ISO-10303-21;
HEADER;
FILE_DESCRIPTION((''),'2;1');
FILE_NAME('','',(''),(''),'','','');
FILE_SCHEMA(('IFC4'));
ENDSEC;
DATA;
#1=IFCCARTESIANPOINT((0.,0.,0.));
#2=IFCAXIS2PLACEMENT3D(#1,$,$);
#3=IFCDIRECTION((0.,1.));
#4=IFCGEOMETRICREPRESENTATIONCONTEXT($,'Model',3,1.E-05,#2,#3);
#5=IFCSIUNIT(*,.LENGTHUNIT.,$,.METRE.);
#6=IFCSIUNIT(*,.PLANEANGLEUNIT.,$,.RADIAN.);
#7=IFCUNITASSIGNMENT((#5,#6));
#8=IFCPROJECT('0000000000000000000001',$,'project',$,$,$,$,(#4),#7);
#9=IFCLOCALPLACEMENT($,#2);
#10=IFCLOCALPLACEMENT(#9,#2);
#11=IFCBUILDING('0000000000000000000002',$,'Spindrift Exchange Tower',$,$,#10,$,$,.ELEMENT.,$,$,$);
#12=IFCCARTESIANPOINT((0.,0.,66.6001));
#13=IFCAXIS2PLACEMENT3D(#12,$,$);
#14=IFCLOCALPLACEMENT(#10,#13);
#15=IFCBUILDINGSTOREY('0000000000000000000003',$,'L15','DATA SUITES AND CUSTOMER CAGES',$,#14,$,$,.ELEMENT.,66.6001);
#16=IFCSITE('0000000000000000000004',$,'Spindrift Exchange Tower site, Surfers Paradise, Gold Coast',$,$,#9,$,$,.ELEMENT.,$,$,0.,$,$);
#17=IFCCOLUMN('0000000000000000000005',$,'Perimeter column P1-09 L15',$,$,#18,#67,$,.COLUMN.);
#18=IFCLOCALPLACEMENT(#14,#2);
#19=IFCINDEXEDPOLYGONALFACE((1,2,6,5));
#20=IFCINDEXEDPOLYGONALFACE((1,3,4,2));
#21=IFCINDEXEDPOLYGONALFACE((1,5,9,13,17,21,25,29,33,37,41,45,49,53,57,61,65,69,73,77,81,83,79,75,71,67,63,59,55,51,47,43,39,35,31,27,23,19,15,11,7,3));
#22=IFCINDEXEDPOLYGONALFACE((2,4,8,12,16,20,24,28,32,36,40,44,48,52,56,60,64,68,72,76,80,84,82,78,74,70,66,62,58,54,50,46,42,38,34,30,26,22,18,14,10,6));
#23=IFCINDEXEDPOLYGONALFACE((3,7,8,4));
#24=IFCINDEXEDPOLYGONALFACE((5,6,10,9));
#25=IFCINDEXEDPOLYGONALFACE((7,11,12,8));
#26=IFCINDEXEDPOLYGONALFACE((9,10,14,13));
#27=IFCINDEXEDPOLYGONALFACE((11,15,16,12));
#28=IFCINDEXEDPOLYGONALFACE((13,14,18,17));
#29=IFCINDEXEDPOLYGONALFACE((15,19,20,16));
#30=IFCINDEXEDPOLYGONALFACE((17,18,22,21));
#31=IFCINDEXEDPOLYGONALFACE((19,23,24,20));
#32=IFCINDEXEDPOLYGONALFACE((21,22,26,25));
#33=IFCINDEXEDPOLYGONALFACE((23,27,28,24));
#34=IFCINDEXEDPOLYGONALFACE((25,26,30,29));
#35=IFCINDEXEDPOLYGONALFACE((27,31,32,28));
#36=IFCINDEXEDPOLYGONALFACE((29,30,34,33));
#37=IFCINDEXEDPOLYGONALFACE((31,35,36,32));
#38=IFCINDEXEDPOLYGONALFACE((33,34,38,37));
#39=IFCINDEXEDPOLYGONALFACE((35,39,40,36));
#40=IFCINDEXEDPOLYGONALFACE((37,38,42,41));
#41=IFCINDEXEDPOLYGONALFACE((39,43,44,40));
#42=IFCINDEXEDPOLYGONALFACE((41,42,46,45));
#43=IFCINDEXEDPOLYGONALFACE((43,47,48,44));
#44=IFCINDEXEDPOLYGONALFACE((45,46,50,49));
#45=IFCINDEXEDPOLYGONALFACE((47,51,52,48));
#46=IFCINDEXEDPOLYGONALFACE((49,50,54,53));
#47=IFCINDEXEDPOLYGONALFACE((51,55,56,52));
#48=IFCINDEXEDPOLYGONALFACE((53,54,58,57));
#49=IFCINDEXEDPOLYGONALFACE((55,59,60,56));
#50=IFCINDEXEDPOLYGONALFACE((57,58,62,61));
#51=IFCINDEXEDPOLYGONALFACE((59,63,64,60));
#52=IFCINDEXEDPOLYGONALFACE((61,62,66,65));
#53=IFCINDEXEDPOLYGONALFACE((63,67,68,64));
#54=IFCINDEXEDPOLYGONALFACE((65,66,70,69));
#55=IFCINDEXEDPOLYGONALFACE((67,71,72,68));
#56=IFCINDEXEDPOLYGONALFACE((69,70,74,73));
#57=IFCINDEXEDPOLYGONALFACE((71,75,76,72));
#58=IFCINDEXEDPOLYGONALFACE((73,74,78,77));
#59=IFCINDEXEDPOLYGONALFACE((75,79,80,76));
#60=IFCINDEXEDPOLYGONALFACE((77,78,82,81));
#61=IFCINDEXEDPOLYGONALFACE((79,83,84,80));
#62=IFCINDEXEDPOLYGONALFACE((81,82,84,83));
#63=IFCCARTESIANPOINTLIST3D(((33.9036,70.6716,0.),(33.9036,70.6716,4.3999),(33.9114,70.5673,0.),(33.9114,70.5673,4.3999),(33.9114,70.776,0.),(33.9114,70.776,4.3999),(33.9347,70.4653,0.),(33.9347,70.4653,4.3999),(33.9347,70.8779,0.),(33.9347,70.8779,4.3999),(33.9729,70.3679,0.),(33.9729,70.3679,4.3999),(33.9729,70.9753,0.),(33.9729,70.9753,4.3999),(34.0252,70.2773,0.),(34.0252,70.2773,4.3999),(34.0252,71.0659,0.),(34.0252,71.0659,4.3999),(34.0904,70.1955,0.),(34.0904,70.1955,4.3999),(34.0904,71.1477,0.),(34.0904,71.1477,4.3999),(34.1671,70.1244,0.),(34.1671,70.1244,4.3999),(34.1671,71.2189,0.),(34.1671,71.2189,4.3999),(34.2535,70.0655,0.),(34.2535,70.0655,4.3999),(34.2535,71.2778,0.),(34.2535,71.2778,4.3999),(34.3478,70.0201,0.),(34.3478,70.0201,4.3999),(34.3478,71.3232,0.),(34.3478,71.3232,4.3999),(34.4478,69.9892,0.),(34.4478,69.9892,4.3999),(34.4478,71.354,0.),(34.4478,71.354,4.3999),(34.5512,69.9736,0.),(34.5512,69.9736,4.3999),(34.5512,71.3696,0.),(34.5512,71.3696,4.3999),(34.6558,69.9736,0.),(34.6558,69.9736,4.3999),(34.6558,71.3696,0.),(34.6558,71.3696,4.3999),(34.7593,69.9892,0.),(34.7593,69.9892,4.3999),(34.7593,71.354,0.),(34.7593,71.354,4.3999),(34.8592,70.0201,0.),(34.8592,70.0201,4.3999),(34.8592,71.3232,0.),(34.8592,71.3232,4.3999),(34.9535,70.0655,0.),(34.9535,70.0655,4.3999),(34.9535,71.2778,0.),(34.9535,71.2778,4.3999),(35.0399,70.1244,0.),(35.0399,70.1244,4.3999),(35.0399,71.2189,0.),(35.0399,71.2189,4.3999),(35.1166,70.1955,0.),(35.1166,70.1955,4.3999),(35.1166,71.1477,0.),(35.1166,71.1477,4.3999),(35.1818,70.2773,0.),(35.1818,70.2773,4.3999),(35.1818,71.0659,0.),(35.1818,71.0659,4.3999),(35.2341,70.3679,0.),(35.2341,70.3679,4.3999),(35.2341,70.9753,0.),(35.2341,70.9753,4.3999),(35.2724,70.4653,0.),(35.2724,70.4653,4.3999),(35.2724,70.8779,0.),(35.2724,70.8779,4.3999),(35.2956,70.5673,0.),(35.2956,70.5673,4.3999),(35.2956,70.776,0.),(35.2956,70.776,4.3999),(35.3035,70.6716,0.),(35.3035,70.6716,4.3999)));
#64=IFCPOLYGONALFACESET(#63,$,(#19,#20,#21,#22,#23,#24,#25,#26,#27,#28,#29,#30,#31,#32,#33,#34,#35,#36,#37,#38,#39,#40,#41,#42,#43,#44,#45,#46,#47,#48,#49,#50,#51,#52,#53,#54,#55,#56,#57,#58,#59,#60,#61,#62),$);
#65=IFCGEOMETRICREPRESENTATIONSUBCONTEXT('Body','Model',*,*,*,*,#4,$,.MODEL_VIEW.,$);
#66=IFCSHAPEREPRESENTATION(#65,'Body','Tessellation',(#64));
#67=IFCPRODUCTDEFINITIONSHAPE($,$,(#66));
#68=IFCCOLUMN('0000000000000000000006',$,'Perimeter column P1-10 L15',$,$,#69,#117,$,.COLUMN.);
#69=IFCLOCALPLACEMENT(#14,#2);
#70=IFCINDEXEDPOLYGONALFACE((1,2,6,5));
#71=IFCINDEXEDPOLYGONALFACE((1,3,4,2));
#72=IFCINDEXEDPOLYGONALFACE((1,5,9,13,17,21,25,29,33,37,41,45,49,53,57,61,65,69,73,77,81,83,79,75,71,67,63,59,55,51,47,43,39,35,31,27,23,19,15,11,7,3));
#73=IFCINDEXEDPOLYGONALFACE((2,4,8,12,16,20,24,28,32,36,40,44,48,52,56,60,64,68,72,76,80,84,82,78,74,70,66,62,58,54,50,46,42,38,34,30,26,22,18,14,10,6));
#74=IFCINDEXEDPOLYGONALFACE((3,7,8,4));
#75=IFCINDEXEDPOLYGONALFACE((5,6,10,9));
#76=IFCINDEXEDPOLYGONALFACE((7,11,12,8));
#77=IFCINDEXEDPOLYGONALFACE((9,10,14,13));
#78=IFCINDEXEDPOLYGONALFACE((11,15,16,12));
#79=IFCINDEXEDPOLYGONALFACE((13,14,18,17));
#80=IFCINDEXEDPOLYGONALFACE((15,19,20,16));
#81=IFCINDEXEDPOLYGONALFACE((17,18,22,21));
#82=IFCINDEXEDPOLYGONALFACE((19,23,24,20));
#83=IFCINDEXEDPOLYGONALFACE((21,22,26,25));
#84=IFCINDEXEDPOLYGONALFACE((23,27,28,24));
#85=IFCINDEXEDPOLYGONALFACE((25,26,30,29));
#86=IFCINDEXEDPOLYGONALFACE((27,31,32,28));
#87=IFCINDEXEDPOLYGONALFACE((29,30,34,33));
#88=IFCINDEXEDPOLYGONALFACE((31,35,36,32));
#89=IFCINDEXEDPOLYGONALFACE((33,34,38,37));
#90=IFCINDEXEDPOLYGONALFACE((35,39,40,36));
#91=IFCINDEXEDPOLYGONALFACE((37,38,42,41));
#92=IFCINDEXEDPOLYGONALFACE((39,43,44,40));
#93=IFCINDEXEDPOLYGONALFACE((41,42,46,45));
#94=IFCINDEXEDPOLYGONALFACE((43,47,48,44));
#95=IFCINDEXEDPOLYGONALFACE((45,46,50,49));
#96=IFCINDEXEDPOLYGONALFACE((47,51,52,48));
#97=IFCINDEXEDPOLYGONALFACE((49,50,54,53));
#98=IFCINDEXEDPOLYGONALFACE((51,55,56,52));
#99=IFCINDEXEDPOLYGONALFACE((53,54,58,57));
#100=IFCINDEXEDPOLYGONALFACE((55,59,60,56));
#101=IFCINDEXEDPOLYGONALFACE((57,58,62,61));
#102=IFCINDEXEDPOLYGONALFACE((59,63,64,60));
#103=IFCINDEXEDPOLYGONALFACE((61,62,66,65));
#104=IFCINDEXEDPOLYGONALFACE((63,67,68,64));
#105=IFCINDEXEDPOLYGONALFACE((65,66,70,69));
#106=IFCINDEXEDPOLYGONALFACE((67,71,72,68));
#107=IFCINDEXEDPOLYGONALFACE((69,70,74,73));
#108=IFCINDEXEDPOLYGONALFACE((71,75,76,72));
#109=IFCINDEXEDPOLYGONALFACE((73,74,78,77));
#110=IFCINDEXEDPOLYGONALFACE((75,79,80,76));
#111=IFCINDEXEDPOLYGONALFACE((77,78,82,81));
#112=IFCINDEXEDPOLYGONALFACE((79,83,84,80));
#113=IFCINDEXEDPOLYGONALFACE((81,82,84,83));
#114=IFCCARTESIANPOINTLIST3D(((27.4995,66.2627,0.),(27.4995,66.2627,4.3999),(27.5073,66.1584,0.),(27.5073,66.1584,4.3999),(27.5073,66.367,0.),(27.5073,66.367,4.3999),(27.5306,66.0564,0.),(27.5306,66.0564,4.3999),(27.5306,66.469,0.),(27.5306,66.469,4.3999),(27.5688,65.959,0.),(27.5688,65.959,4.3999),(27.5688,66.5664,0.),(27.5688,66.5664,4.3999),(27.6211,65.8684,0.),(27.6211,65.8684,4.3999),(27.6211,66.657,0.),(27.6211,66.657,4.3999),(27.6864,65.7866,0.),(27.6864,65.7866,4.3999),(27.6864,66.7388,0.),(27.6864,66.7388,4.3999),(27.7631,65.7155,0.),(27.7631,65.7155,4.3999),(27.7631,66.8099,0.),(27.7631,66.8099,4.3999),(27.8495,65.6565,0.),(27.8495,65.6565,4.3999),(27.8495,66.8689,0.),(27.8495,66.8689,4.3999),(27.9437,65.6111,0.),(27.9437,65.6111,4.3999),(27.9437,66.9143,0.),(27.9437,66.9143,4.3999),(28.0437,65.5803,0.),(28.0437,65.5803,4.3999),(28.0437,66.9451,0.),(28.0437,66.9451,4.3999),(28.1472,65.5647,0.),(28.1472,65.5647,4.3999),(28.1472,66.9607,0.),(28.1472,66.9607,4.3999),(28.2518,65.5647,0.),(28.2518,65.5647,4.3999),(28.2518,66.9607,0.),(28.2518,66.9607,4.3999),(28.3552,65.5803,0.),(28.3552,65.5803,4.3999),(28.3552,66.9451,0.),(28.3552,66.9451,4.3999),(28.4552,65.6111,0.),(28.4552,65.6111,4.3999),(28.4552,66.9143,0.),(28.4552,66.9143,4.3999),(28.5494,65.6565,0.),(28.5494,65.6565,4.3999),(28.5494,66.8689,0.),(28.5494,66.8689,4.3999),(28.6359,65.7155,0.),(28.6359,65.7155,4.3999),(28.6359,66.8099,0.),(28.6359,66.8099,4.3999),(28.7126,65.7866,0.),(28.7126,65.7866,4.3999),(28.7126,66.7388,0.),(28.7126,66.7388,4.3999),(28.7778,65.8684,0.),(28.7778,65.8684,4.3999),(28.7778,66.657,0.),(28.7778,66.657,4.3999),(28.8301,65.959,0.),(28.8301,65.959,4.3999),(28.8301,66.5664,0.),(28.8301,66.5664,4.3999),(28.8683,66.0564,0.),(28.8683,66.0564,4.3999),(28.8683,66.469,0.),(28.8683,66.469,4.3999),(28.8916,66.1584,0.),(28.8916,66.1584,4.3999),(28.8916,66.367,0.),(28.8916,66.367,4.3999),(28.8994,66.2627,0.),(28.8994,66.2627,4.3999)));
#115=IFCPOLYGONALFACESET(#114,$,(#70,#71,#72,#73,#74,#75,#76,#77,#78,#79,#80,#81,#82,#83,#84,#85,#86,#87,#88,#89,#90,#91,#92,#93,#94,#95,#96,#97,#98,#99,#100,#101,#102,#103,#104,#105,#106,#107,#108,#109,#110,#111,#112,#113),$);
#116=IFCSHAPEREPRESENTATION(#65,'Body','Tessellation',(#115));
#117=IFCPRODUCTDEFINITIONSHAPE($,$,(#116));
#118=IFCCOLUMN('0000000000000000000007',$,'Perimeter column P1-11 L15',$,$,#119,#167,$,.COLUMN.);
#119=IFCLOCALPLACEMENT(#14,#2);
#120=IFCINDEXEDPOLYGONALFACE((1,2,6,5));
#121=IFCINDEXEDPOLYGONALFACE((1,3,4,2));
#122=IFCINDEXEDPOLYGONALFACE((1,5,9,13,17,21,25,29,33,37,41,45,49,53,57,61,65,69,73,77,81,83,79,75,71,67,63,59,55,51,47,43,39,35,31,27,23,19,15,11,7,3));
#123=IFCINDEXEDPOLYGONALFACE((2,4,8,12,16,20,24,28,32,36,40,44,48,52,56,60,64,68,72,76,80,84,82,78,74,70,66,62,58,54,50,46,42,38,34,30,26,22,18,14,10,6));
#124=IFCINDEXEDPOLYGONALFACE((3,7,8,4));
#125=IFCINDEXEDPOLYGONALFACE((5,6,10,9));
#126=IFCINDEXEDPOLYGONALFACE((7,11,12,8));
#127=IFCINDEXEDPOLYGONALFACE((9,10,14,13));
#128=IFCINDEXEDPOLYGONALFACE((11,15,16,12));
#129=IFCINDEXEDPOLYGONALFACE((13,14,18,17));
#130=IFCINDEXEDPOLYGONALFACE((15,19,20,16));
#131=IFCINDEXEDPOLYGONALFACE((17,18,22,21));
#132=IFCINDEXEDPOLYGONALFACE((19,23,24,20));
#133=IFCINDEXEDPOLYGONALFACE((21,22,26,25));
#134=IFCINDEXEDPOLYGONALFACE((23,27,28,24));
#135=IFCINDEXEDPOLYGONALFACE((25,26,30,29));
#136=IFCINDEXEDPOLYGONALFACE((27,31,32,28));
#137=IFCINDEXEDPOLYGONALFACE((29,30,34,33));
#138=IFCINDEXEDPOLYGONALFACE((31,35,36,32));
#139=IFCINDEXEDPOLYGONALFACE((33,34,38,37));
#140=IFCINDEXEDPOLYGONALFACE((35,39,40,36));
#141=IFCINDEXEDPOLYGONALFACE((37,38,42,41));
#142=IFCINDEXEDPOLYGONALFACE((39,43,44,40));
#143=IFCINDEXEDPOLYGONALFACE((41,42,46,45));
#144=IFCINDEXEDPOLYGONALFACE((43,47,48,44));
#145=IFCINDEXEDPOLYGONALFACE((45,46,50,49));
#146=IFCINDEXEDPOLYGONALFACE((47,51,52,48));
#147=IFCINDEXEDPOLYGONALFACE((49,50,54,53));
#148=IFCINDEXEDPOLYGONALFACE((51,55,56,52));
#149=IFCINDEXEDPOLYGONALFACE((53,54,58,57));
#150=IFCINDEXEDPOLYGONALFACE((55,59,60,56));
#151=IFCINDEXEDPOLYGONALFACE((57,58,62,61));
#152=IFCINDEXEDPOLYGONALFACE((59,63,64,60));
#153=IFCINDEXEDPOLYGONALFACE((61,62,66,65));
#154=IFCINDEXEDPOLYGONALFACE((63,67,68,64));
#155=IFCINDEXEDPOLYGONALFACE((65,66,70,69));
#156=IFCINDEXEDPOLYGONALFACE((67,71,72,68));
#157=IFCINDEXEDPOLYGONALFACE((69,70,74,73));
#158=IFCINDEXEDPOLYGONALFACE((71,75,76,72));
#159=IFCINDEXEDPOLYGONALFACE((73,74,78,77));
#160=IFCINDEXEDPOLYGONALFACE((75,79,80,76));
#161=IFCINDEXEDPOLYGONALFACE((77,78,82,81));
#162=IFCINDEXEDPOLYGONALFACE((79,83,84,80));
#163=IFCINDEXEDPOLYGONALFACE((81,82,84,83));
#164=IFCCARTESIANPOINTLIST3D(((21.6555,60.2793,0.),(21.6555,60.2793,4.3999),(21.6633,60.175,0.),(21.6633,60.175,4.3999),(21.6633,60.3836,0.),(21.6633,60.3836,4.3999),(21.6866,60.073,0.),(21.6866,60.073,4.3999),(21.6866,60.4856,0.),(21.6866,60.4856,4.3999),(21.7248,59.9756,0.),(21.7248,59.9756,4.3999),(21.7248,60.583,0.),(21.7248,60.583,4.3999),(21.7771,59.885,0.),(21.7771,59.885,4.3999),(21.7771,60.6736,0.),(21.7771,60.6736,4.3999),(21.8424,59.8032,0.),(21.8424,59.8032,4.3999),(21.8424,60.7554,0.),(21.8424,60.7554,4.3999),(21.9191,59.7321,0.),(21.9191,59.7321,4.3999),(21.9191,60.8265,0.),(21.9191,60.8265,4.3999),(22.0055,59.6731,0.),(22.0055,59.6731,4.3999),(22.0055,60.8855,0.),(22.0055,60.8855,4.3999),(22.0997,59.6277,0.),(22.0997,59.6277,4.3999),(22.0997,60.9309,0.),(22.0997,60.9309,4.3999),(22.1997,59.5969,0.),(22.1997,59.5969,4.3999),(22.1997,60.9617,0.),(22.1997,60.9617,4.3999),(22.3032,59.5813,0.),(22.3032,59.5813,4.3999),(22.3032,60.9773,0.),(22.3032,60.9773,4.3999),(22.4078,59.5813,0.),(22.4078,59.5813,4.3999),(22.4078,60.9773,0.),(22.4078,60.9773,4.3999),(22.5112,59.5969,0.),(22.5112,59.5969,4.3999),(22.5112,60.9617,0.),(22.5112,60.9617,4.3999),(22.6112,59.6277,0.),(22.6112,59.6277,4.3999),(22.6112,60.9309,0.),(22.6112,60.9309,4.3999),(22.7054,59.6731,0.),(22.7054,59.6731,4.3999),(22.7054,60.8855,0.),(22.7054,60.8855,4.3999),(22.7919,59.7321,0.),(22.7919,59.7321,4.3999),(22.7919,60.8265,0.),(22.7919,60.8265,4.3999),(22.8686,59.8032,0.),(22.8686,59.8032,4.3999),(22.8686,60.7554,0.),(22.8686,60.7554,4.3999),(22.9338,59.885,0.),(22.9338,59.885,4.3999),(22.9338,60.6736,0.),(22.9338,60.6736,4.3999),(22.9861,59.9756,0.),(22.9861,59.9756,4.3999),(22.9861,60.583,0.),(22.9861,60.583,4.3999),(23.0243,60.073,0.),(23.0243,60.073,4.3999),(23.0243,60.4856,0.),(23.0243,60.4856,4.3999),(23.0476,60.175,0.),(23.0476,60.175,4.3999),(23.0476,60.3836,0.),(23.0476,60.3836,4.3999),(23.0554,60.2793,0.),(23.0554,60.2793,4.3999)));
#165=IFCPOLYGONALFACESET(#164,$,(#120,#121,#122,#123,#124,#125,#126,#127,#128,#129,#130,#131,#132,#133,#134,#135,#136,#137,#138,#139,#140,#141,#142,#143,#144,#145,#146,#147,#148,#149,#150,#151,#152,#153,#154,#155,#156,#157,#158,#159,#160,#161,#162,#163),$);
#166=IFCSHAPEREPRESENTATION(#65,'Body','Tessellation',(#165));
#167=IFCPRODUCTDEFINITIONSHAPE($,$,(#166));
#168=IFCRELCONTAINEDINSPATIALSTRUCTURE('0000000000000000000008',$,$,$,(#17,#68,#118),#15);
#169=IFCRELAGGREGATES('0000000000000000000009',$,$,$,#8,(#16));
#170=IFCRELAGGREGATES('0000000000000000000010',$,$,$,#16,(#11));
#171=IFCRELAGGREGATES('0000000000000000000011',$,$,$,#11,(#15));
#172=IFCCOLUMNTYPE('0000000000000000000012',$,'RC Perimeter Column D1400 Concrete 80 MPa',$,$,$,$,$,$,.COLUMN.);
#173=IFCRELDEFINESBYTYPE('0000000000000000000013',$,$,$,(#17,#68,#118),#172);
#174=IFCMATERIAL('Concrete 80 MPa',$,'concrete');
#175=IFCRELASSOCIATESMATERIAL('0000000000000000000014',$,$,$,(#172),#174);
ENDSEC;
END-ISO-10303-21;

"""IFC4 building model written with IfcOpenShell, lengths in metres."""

from ifc_helpers import new_model, si_unit, direction, frame, origin, origin_2d, place, context, subcontext, project, spatial, circle, extrude, source, transform, mapped, material, material_profile, profile_set, type_object, element, save


model = new_model("IFC4")

# Units and contexts
model_context = context("Model", 3, precision=1e-05, world=origin(), true_north=direction((0.0, 1.0)))
body_context = subcontext(model_context, "Body", "Model", "MODEL_VIEW")
ifc_project = project(units=[si_unit("LENGTHUNIT", "METRE"), si_unit("PLANEANGLEUNIT", "RADIAN")], contexts=[model_context])

# Site, building, storey
site_placement = place(None, origin())
site = spatial("IfcSite", under=ifc_project, at=site_placement, Name="Spindrift Exchange Tower site, Surfers Paradise, Gold Coast", CompositionType="ELEMENT", RefElevation=0.0)
building_placement = place(site_placement, origin())
building = spatial("IfcBuilding", under=site, at=building_placement, Name="Spindrift Exchange Tower", CompositionType="ELEMENT")
storey_placement = place(building_placement, frame((0.0, 0.0, 66.6001)))
storey = spatial("IfcBuildingStorey", under=building, at=storey_placement, Name="L15", Description="DATA SUITES AND CUSTOMER CAGES", CompositionType="ELEMENT", Elevation=66.6001)

# Columns
ifc_material_1 = material(Name="Concrete 80 MPa", Category="concrete")
ifc_material_profile_1 = material_profile(ifc_material_1, circle(Radius=0.7, at=origin_2d()), Name="RC D1400")
ifc_profile_set_1 = profile_set([ifc_material_profile_1], Name="Concrete 80 MPa")
column_type = type_object("IfcColumnType", Name="RC Perimeter Column D1400 Concrete 80 MPa", PredefinedType="COLUMN", material=ifc_profile_set_1)
shared_shape_1 = source(origin(), body_context, "Body", "SweptSolid", [
    extrude(circle(Radius=0.7, at=origin_2d()), origin(), (0.0, 0.0, 1.0), 4.3999),
])
for number, where, z_axis, x_axis, name in (
    (1, (34.6035, 70.6716, 0.0), (0.0, 0.0, 1.0), (1.0, 0.0, 0.0), "Perimeter column P1-09 L15"),
    (2, (28.1995, 66.2627, 0.0), (0.0, 0.0, 1.0), (1.0, 0.0, 0.0), "Perimeter column P1-10 L15"),
    (3, (22.3555, 60.2793, 0.0), (0.0, 0.0, 1.0), (1.0, 0.0, 0.0), "Perimeter column P1-11 L15"),
):
    element("IfcColumn", number, at=place(storey_placement, frame(where, z_axis=z_axis, x_axis=x_axis)), inside=storey, type_object=column_type, Name=name, PredefinedType="COLUMN", context=body_context, shape_type="MappedRepresentation", body=[
        mapped(shared_shape_1, transform((0.0, 0.0, 0.0), scale=1.0)),
    ])

save(model, "model.ifc")
